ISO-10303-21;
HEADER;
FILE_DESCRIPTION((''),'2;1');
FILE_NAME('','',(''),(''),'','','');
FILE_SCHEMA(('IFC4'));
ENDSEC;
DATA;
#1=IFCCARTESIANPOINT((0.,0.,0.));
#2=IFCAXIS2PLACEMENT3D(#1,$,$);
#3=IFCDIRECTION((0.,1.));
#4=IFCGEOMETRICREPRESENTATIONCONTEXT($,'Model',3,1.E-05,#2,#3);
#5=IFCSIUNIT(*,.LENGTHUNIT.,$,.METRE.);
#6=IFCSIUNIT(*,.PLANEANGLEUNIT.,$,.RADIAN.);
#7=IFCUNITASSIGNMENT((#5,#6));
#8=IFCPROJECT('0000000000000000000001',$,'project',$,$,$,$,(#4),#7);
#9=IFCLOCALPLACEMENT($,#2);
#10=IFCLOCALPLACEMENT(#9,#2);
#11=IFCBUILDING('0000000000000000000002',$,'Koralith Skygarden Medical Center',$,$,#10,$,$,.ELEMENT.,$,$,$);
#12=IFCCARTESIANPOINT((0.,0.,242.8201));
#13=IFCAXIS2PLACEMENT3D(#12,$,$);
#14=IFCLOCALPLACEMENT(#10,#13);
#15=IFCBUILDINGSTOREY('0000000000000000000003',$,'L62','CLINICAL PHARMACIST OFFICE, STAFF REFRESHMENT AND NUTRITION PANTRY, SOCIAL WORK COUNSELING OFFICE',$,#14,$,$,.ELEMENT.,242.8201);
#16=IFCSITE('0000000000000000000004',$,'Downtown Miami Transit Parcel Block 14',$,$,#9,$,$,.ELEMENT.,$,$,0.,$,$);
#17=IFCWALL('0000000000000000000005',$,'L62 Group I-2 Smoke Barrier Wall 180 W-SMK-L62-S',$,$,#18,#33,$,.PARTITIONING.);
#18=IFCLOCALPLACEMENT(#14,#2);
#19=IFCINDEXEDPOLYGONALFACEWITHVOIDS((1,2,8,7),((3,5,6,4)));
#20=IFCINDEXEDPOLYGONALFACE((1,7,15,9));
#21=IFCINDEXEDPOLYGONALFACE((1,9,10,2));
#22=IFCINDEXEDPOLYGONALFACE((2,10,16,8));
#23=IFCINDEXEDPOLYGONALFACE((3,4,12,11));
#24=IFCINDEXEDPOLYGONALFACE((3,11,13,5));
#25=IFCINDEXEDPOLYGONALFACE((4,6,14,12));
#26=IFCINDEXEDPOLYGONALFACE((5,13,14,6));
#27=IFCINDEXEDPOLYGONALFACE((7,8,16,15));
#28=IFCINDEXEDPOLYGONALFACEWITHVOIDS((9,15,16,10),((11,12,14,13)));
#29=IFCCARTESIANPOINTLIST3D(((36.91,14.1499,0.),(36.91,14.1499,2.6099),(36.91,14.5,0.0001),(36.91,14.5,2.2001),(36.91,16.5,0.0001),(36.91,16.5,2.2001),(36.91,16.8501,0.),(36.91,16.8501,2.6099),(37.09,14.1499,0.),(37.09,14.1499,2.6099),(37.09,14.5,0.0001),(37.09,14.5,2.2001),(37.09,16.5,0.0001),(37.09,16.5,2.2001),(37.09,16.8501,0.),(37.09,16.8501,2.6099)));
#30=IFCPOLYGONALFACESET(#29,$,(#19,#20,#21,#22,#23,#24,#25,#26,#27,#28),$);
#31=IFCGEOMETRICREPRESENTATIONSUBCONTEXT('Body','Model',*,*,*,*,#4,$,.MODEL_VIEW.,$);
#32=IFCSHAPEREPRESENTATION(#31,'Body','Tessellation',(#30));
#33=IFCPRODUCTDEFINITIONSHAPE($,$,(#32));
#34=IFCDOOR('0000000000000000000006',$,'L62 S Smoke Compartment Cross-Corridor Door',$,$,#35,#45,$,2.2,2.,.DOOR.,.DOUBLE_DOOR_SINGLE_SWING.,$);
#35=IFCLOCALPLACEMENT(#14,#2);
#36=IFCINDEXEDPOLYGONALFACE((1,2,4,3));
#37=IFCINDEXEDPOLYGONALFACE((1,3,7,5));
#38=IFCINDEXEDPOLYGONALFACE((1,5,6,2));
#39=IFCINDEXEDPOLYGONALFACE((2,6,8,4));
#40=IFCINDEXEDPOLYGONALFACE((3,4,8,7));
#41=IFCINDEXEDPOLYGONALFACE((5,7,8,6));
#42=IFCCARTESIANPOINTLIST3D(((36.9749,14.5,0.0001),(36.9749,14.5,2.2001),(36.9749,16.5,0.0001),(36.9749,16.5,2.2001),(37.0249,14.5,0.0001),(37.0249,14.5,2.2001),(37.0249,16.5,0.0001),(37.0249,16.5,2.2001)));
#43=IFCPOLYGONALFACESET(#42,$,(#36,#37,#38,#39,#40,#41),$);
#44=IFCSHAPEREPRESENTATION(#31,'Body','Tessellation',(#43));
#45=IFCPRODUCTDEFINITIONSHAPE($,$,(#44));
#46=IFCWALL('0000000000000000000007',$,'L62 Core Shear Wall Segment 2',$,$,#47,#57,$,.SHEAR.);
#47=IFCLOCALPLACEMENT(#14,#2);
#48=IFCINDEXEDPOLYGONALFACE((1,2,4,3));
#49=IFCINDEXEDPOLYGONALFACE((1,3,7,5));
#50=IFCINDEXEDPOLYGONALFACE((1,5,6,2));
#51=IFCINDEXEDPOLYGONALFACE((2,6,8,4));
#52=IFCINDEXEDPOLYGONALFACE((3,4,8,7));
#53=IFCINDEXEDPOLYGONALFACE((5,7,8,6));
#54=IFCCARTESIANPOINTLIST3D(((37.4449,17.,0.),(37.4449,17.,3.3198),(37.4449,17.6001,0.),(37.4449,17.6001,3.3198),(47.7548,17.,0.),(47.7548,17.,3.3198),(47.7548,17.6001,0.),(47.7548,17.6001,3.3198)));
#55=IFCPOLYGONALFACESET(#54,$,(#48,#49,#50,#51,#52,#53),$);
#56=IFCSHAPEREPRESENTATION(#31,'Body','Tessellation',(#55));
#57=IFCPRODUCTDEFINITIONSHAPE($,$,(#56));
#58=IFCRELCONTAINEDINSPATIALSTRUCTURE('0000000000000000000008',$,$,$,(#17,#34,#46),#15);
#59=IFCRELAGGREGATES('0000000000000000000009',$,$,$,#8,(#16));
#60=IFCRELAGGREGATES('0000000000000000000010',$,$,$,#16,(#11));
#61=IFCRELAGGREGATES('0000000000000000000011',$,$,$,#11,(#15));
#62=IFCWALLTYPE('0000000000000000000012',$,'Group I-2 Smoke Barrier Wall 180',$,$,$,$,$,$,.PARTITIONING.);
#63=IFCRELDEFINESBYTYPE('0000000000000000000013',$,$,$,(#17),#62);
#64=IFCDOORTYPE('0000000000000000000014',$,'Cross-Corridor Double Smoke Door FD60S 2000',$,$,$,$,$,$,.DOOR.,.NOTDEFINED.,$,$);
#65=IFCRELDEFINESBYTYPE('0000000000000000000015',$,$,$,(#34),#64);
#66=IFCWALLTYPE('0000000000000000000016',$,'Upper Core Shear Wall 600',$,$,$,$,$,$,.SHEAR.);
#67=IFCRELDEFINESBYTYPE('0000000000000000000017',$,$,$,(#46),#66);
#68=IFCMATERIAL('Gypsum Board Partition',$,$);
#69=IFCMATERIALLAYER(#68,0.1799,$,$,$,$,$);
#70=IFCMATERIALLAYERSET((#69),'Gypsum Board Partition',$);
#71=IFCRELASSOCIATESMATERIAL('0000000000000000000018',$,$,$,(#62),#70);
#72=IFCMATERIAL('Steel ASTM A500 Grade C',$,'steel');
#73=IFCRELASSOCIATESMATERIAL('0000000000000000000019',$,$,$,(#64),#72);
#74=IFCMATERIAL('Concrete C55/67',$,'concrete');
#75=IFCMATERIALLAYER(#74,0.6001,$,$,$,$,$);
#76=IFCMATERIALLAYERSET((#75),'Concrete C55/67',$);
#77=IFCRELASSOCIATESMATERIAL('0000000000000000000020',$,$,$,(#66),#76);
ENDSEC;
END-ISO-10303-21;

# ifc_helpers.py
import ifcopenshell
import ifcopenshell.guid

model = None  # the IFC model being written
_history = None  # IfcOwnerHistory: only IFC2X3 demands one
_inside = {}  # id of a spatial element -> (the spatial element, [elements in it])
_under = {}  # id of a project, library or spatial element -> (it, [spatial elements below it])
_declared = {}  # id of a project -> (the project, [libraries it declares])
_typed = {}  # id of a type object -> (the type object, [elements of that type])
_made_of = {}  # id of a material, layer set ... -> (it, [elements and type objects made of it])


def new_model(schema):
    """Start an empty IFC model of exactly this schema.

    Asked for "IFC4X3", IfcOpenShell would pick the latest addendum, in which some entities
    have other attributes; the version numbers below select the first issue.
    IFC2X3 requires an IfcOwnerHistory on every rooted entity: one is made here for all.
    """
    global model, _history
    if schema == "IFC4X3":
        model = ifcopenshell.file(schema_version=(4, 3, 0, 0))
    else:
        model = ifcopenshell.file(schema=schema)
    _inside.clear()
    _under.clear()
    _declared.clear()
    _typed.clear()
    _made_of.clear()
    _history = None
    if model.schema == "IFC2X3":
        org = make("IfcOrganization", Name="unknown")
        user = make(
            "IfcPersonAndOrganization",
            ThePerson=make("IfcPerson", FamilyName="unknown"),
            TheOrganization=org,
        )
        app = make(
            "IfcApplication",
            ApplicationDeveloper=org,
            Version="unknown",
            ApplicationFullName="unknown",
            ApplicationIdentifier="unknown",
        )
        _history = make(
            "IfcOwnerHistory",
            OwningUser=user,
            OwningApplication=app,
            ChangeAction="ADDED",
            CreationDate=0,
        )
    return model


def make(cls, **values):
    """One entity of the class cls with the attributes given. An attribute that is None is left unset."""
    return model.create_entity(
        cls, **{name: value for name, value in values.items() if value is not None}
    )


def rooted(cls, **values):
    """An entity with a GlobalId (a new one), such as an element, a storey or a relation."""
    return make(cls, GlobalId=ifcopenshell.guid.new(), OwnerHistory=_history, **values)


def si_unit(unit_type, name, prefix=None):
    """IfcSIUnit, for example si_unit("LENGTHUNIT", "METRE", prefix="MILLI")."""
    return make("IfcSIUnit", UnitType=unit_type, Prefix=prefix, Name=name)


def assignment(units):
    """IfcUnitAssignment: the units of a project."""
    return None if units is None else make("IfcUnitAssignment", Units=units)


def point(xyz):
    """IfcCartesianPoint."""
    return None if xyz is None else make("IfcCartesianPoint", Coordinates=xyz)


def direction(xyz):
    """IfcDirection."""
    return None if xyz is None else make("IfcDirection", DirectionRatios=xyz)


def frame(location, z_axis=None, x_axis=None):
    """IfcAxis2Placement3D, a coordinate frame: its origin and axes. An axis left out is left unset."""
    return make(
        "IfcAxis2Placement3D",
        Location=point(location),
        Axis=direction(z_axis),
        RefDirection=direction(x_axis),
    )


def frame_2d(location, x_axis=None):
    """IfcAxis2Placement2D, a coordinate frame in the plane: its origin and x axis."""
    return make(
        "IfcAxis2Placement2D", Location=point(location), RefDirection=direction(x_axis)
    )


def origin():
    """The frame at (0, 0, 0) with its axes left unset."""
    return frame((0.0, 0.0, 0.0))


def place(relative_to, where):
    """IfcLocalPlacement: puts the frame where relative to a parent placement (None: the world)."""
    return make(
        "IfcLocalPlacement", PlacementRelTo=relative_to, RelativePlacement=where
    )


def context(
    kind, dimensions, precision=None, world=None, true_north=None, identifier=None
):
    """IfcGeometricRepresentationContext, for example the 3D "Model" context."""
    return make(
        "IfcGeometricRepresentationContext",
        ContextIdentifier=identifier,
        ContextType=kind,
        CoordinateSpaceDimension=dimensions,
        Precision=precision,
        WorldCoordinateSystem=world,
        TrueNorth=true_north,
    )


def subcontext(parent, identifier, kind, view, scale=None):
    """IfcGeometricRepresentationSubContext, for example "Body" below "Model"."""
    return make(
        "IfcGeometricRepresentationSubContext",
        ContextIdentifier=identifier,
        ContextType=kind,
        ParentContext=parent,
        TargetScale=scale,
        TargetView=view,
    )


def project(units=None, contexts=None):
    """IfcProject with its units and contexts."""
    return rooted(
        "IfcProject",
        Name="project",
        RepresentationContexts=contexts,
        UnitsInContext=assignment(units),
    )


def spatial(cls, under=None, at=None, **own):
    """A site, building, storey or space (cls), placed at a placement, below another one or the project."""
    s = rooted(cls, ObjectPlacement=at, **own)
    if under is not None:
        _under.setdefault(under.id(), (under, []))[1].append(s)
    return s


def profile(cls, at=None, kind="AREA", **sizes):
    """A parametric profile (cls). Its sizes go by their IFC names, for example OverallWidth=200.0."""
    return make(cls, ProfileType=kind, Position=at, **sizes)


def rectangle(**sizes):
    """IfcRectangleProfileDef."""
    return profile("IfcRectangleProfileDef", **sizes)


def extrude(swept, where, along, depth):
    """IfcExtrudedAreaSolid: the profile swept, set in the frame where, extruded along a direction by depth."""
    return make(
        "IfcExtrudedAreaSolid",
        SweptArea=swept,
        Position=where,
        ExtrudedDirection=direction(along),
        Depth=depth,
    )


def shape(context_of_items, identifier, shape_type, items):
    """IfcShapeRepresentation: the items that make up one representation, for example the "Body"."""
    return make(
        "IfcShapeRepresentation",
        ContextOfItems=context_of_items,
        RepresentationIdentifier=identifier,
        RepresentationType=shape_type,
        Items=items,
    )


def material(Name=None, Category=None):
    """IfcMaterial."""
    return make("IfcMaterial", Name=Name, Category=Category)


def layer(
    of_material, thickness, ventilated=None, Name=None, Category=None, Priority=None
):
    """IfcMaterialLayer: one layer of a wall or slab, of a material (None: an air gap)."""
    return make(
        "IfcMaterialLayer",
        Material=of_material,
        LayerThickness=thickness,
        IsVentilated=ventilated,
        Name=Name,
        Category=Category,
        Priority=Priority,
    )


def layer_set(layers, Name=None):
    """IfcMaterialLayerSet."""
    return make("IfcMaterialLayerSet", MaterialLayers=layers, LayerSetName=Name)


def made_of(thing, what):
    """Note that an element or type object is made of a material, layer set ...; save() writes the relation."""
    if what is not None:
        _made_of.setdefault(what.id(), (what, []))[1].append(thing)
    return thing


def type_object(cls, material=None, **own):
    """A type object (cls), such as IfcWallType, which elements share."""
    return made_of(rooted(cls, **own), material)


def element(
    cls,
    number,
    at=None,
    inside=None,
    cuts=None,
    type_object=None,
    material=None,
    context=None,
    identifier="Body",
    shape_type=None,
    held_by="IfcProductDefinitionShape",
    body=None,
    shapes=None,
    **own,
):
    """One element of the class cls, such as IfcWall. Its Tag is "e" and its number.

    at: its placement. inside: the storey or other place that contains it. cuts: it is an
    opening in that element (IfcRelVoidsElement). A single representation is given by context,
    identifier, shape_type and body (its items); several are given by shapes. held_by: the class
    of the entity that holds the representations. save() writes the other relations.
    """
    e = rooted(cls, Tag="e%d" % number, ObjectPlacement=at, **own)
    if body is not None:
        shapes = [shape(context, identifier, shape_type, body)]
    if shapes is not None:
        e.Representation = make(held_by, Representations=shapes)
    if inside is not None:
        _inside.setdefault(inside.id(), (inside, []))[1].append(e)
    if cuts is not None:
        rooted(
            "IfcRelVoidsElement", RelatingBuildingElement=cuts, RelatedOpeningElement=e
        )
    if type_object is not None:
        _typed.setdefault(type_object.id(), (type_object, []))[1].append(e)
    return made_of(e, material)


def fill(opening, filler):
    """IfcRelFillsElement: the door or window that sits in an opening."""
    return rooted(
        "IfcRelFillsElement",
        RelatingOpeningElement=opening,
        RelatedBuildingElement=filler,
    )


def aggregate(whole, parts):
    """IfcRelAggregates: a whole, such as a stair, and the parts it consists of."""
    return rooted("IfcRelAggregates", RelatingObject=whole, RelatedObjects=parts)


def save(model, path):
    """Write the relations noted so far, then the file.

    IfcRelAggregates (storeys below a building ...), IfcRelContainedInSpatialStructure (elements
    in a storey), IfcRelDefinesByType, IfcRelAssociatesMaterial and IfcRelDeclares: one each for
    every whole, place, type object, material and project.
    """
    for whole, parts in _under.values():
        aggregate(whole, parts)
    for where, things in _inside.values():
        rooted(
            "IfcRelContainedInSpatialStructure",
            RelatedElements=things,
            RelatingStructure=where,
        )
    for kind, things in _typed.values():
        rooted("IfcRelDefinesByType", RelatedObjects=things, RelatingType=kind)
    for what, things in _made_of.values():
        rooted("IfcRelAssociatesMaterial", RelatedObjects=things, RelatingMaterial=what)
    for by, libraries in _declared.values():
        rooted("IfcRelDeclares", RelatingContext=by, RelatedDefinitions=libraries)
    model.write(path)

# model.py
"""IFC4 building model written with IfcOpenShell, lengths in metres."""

from ifc_helpers import new_model, si_unit, direction, frame, frame_2d, origin, place, context, subcontext, project, spatial, rectangle, extrude, material, layer, layer_set, type_object, element, fill, save


model = new_model("IFC4")

# Units and contexts
model_context = context("Model", 3, precision=1e-05, world=origin(), true_north=direction((0.0, 1.0)))
body_context = subcontext(model_context, "Body", "Model", "MODEL_VIEW")
ifc_project = project(units=[si_unit("LENGTHUNIT", "METRE"), si_unit("PLANEANGLEUNIT", "RADIAN")], contexts=[model_context])

# Site, building, storey
site_placement = place(None, origin())
site = spatial("IfcSite", under=ifc_project, at=site_placement, Name="Downtown Miami Transit Parcel Block 14", CompositionType="ELEMENT", RefElevation=0.0)
building_placement = place(site_placement, origin())
building = spatial("IfcBuilding", under=site, at=building_placement, Name="Koralith Skygarden Medical Center", CompositionType="ELEMENT")
storey_placement = place(building_placement, frame((0.0, 0.0, 242.8201)))
storey = spatial("IfcBuildingStorey", under=building, at=storey_placement, Name="L62", Description="CLINICAL PHARMACIST OFFICE, STAFF REFRESHMENT AND NUTRITION PANTRY, SOCIAL WORK COUNSELING OFFICE", CompositionType="ELEMENT", Elevation=242.8201)

# Shared definitions
ifc_material_1 = material(Name="Concrete C55/67", Category="concrete")

# Shared definitions
ifc_material_2 = material(Name="Gypsum Board Partition")

# Wall, opening, door
ifc_layer_1 = layer(ifc_material_2, 0.1799)
ifc_layer_set_1 = layer_set([ifc_layer_1], Name="Gypsum Board Partition")
wall_type_1 = type_object("IfcWallType", Name="Group I-2 Smoke Barrier Wall 180", PredefinedType="PARTITIONING", material=ifc_layer_set_1)
wall_1_placement = place(storey_placement, frame((37.0, 14.1499, 0.0), z_axis=(0.0, 0.0, 1.0), x_axis=(0.0, 1.0, 0.0)))
wall_1 = element("IfcWall", 1, at=wall_1_placement, inside=storey, type_object=wall_type_1, Name="L62 Group I-2 Smoke Barrier Wall 180 W-SMK-L62-S", PredefinedType="PARTITIONING", context=body_context, shape_type="SweptSolid", body=[
    extrude(rectangle(XDim=2.7002, YDim=0.1799, at=frame_2d((1.3501, 0.0))), origin(), (0.0, 0.0, 1.0), 2.6099),
])
opening_1_placement = place(wall_1_placement, frame((0.3501, 0.0, 0.0)))
opening_1 = element("IfcOpeningElement", 2, at=opening_1_placement, cuts=wall_1, PredefinedType="OPENING", context=body_context, shape_type="SweptSolid", body=[
    extrude(rectangle(XDim=2.0, YDim=2.2, at=frame_2d((1.0, 1.1001))), frame((0.0, 0.0999, 0.0), z_axis=(0.0, -1.0, 0.0), x_axis=(1.0, 0.0, 0.0)), (0.0, 0.0, 1.0), 0.2),
])
ifc_material_3 = material(Name="Steel ASTM A500 Grade C", Category="steel")
door_type_1 = type_object("IfcDoorType", Name="Cross-Corridor Double Smoke Door FD60S 2000", OperationType="NOTDEFINED", PredefinedType="DOOR", material=ifc_material_3)
door_1_placement = place(opening_1_placement, frame((2.0, 0.0, 0.0), z_axis=(0.0, 0.0, 1.0), x_axis=(-1.0, 0.0, 0.0)))
door_1 = element("IfcDoor", 3, at=door_1_placement, inside=storey, type_object=door_type_1, Name="L62 S Smoke Compartment Cross-Corridor Door", OperationType="DOUBLE_DOOR_SINGLE_SWING", OverallHeight=2.2, OverallWidth=2.0, PredefinedType="DOOR", context=body_context, shape_type="SweptSolid", body=[
    extrude(rectangle(XDim=2.0, YDim=2.2, at=frame_2d((1.0, 1.1001))), frame((0.0, 0.0249, 0.0), z_axis=(0.0, -1.0, 0.0), x_axis=(1.0, 0.0, 0.0)), (0.0, 0.0, 1.0), 0.05),
])
fill(opening_1, door_1)

# Wall
ifc_layer_2 = layer(ifc_material_1, 0.6001)
ifc_layer_set_2 = layer_set([ifc_layer_2], Name="Concrete C55/67")
wall_type_2 = type_object("IfcWallType", Name="Upper Core Shear Wall 600", PredefinedType="SHEAR", material=ifc_layer_set_2)
wall_2_placement = place(storey_placement, frame((37.4451, 17.3, 0.0), z_axis=(0.0, 0.0, 1.0), x_axis=(1.0, 0.0, 0.0)))
element("IfcWall", 4, at=wall_2_placement, inside=storey, type_object=wall_type_2, Name="L62 Core Shear Wall Segment 2", PredefinedType="SHEAR", context=body_context, shape_type="SweptSolid", body=[
    extrude(rectangle(XDim=10.3098, YDim=0.6001, at=frame_2d((5.1548, 0.0))), origin(), (0.0, 0.0, 1.0), 3.3198),
])

save(model, "model.ifc")
